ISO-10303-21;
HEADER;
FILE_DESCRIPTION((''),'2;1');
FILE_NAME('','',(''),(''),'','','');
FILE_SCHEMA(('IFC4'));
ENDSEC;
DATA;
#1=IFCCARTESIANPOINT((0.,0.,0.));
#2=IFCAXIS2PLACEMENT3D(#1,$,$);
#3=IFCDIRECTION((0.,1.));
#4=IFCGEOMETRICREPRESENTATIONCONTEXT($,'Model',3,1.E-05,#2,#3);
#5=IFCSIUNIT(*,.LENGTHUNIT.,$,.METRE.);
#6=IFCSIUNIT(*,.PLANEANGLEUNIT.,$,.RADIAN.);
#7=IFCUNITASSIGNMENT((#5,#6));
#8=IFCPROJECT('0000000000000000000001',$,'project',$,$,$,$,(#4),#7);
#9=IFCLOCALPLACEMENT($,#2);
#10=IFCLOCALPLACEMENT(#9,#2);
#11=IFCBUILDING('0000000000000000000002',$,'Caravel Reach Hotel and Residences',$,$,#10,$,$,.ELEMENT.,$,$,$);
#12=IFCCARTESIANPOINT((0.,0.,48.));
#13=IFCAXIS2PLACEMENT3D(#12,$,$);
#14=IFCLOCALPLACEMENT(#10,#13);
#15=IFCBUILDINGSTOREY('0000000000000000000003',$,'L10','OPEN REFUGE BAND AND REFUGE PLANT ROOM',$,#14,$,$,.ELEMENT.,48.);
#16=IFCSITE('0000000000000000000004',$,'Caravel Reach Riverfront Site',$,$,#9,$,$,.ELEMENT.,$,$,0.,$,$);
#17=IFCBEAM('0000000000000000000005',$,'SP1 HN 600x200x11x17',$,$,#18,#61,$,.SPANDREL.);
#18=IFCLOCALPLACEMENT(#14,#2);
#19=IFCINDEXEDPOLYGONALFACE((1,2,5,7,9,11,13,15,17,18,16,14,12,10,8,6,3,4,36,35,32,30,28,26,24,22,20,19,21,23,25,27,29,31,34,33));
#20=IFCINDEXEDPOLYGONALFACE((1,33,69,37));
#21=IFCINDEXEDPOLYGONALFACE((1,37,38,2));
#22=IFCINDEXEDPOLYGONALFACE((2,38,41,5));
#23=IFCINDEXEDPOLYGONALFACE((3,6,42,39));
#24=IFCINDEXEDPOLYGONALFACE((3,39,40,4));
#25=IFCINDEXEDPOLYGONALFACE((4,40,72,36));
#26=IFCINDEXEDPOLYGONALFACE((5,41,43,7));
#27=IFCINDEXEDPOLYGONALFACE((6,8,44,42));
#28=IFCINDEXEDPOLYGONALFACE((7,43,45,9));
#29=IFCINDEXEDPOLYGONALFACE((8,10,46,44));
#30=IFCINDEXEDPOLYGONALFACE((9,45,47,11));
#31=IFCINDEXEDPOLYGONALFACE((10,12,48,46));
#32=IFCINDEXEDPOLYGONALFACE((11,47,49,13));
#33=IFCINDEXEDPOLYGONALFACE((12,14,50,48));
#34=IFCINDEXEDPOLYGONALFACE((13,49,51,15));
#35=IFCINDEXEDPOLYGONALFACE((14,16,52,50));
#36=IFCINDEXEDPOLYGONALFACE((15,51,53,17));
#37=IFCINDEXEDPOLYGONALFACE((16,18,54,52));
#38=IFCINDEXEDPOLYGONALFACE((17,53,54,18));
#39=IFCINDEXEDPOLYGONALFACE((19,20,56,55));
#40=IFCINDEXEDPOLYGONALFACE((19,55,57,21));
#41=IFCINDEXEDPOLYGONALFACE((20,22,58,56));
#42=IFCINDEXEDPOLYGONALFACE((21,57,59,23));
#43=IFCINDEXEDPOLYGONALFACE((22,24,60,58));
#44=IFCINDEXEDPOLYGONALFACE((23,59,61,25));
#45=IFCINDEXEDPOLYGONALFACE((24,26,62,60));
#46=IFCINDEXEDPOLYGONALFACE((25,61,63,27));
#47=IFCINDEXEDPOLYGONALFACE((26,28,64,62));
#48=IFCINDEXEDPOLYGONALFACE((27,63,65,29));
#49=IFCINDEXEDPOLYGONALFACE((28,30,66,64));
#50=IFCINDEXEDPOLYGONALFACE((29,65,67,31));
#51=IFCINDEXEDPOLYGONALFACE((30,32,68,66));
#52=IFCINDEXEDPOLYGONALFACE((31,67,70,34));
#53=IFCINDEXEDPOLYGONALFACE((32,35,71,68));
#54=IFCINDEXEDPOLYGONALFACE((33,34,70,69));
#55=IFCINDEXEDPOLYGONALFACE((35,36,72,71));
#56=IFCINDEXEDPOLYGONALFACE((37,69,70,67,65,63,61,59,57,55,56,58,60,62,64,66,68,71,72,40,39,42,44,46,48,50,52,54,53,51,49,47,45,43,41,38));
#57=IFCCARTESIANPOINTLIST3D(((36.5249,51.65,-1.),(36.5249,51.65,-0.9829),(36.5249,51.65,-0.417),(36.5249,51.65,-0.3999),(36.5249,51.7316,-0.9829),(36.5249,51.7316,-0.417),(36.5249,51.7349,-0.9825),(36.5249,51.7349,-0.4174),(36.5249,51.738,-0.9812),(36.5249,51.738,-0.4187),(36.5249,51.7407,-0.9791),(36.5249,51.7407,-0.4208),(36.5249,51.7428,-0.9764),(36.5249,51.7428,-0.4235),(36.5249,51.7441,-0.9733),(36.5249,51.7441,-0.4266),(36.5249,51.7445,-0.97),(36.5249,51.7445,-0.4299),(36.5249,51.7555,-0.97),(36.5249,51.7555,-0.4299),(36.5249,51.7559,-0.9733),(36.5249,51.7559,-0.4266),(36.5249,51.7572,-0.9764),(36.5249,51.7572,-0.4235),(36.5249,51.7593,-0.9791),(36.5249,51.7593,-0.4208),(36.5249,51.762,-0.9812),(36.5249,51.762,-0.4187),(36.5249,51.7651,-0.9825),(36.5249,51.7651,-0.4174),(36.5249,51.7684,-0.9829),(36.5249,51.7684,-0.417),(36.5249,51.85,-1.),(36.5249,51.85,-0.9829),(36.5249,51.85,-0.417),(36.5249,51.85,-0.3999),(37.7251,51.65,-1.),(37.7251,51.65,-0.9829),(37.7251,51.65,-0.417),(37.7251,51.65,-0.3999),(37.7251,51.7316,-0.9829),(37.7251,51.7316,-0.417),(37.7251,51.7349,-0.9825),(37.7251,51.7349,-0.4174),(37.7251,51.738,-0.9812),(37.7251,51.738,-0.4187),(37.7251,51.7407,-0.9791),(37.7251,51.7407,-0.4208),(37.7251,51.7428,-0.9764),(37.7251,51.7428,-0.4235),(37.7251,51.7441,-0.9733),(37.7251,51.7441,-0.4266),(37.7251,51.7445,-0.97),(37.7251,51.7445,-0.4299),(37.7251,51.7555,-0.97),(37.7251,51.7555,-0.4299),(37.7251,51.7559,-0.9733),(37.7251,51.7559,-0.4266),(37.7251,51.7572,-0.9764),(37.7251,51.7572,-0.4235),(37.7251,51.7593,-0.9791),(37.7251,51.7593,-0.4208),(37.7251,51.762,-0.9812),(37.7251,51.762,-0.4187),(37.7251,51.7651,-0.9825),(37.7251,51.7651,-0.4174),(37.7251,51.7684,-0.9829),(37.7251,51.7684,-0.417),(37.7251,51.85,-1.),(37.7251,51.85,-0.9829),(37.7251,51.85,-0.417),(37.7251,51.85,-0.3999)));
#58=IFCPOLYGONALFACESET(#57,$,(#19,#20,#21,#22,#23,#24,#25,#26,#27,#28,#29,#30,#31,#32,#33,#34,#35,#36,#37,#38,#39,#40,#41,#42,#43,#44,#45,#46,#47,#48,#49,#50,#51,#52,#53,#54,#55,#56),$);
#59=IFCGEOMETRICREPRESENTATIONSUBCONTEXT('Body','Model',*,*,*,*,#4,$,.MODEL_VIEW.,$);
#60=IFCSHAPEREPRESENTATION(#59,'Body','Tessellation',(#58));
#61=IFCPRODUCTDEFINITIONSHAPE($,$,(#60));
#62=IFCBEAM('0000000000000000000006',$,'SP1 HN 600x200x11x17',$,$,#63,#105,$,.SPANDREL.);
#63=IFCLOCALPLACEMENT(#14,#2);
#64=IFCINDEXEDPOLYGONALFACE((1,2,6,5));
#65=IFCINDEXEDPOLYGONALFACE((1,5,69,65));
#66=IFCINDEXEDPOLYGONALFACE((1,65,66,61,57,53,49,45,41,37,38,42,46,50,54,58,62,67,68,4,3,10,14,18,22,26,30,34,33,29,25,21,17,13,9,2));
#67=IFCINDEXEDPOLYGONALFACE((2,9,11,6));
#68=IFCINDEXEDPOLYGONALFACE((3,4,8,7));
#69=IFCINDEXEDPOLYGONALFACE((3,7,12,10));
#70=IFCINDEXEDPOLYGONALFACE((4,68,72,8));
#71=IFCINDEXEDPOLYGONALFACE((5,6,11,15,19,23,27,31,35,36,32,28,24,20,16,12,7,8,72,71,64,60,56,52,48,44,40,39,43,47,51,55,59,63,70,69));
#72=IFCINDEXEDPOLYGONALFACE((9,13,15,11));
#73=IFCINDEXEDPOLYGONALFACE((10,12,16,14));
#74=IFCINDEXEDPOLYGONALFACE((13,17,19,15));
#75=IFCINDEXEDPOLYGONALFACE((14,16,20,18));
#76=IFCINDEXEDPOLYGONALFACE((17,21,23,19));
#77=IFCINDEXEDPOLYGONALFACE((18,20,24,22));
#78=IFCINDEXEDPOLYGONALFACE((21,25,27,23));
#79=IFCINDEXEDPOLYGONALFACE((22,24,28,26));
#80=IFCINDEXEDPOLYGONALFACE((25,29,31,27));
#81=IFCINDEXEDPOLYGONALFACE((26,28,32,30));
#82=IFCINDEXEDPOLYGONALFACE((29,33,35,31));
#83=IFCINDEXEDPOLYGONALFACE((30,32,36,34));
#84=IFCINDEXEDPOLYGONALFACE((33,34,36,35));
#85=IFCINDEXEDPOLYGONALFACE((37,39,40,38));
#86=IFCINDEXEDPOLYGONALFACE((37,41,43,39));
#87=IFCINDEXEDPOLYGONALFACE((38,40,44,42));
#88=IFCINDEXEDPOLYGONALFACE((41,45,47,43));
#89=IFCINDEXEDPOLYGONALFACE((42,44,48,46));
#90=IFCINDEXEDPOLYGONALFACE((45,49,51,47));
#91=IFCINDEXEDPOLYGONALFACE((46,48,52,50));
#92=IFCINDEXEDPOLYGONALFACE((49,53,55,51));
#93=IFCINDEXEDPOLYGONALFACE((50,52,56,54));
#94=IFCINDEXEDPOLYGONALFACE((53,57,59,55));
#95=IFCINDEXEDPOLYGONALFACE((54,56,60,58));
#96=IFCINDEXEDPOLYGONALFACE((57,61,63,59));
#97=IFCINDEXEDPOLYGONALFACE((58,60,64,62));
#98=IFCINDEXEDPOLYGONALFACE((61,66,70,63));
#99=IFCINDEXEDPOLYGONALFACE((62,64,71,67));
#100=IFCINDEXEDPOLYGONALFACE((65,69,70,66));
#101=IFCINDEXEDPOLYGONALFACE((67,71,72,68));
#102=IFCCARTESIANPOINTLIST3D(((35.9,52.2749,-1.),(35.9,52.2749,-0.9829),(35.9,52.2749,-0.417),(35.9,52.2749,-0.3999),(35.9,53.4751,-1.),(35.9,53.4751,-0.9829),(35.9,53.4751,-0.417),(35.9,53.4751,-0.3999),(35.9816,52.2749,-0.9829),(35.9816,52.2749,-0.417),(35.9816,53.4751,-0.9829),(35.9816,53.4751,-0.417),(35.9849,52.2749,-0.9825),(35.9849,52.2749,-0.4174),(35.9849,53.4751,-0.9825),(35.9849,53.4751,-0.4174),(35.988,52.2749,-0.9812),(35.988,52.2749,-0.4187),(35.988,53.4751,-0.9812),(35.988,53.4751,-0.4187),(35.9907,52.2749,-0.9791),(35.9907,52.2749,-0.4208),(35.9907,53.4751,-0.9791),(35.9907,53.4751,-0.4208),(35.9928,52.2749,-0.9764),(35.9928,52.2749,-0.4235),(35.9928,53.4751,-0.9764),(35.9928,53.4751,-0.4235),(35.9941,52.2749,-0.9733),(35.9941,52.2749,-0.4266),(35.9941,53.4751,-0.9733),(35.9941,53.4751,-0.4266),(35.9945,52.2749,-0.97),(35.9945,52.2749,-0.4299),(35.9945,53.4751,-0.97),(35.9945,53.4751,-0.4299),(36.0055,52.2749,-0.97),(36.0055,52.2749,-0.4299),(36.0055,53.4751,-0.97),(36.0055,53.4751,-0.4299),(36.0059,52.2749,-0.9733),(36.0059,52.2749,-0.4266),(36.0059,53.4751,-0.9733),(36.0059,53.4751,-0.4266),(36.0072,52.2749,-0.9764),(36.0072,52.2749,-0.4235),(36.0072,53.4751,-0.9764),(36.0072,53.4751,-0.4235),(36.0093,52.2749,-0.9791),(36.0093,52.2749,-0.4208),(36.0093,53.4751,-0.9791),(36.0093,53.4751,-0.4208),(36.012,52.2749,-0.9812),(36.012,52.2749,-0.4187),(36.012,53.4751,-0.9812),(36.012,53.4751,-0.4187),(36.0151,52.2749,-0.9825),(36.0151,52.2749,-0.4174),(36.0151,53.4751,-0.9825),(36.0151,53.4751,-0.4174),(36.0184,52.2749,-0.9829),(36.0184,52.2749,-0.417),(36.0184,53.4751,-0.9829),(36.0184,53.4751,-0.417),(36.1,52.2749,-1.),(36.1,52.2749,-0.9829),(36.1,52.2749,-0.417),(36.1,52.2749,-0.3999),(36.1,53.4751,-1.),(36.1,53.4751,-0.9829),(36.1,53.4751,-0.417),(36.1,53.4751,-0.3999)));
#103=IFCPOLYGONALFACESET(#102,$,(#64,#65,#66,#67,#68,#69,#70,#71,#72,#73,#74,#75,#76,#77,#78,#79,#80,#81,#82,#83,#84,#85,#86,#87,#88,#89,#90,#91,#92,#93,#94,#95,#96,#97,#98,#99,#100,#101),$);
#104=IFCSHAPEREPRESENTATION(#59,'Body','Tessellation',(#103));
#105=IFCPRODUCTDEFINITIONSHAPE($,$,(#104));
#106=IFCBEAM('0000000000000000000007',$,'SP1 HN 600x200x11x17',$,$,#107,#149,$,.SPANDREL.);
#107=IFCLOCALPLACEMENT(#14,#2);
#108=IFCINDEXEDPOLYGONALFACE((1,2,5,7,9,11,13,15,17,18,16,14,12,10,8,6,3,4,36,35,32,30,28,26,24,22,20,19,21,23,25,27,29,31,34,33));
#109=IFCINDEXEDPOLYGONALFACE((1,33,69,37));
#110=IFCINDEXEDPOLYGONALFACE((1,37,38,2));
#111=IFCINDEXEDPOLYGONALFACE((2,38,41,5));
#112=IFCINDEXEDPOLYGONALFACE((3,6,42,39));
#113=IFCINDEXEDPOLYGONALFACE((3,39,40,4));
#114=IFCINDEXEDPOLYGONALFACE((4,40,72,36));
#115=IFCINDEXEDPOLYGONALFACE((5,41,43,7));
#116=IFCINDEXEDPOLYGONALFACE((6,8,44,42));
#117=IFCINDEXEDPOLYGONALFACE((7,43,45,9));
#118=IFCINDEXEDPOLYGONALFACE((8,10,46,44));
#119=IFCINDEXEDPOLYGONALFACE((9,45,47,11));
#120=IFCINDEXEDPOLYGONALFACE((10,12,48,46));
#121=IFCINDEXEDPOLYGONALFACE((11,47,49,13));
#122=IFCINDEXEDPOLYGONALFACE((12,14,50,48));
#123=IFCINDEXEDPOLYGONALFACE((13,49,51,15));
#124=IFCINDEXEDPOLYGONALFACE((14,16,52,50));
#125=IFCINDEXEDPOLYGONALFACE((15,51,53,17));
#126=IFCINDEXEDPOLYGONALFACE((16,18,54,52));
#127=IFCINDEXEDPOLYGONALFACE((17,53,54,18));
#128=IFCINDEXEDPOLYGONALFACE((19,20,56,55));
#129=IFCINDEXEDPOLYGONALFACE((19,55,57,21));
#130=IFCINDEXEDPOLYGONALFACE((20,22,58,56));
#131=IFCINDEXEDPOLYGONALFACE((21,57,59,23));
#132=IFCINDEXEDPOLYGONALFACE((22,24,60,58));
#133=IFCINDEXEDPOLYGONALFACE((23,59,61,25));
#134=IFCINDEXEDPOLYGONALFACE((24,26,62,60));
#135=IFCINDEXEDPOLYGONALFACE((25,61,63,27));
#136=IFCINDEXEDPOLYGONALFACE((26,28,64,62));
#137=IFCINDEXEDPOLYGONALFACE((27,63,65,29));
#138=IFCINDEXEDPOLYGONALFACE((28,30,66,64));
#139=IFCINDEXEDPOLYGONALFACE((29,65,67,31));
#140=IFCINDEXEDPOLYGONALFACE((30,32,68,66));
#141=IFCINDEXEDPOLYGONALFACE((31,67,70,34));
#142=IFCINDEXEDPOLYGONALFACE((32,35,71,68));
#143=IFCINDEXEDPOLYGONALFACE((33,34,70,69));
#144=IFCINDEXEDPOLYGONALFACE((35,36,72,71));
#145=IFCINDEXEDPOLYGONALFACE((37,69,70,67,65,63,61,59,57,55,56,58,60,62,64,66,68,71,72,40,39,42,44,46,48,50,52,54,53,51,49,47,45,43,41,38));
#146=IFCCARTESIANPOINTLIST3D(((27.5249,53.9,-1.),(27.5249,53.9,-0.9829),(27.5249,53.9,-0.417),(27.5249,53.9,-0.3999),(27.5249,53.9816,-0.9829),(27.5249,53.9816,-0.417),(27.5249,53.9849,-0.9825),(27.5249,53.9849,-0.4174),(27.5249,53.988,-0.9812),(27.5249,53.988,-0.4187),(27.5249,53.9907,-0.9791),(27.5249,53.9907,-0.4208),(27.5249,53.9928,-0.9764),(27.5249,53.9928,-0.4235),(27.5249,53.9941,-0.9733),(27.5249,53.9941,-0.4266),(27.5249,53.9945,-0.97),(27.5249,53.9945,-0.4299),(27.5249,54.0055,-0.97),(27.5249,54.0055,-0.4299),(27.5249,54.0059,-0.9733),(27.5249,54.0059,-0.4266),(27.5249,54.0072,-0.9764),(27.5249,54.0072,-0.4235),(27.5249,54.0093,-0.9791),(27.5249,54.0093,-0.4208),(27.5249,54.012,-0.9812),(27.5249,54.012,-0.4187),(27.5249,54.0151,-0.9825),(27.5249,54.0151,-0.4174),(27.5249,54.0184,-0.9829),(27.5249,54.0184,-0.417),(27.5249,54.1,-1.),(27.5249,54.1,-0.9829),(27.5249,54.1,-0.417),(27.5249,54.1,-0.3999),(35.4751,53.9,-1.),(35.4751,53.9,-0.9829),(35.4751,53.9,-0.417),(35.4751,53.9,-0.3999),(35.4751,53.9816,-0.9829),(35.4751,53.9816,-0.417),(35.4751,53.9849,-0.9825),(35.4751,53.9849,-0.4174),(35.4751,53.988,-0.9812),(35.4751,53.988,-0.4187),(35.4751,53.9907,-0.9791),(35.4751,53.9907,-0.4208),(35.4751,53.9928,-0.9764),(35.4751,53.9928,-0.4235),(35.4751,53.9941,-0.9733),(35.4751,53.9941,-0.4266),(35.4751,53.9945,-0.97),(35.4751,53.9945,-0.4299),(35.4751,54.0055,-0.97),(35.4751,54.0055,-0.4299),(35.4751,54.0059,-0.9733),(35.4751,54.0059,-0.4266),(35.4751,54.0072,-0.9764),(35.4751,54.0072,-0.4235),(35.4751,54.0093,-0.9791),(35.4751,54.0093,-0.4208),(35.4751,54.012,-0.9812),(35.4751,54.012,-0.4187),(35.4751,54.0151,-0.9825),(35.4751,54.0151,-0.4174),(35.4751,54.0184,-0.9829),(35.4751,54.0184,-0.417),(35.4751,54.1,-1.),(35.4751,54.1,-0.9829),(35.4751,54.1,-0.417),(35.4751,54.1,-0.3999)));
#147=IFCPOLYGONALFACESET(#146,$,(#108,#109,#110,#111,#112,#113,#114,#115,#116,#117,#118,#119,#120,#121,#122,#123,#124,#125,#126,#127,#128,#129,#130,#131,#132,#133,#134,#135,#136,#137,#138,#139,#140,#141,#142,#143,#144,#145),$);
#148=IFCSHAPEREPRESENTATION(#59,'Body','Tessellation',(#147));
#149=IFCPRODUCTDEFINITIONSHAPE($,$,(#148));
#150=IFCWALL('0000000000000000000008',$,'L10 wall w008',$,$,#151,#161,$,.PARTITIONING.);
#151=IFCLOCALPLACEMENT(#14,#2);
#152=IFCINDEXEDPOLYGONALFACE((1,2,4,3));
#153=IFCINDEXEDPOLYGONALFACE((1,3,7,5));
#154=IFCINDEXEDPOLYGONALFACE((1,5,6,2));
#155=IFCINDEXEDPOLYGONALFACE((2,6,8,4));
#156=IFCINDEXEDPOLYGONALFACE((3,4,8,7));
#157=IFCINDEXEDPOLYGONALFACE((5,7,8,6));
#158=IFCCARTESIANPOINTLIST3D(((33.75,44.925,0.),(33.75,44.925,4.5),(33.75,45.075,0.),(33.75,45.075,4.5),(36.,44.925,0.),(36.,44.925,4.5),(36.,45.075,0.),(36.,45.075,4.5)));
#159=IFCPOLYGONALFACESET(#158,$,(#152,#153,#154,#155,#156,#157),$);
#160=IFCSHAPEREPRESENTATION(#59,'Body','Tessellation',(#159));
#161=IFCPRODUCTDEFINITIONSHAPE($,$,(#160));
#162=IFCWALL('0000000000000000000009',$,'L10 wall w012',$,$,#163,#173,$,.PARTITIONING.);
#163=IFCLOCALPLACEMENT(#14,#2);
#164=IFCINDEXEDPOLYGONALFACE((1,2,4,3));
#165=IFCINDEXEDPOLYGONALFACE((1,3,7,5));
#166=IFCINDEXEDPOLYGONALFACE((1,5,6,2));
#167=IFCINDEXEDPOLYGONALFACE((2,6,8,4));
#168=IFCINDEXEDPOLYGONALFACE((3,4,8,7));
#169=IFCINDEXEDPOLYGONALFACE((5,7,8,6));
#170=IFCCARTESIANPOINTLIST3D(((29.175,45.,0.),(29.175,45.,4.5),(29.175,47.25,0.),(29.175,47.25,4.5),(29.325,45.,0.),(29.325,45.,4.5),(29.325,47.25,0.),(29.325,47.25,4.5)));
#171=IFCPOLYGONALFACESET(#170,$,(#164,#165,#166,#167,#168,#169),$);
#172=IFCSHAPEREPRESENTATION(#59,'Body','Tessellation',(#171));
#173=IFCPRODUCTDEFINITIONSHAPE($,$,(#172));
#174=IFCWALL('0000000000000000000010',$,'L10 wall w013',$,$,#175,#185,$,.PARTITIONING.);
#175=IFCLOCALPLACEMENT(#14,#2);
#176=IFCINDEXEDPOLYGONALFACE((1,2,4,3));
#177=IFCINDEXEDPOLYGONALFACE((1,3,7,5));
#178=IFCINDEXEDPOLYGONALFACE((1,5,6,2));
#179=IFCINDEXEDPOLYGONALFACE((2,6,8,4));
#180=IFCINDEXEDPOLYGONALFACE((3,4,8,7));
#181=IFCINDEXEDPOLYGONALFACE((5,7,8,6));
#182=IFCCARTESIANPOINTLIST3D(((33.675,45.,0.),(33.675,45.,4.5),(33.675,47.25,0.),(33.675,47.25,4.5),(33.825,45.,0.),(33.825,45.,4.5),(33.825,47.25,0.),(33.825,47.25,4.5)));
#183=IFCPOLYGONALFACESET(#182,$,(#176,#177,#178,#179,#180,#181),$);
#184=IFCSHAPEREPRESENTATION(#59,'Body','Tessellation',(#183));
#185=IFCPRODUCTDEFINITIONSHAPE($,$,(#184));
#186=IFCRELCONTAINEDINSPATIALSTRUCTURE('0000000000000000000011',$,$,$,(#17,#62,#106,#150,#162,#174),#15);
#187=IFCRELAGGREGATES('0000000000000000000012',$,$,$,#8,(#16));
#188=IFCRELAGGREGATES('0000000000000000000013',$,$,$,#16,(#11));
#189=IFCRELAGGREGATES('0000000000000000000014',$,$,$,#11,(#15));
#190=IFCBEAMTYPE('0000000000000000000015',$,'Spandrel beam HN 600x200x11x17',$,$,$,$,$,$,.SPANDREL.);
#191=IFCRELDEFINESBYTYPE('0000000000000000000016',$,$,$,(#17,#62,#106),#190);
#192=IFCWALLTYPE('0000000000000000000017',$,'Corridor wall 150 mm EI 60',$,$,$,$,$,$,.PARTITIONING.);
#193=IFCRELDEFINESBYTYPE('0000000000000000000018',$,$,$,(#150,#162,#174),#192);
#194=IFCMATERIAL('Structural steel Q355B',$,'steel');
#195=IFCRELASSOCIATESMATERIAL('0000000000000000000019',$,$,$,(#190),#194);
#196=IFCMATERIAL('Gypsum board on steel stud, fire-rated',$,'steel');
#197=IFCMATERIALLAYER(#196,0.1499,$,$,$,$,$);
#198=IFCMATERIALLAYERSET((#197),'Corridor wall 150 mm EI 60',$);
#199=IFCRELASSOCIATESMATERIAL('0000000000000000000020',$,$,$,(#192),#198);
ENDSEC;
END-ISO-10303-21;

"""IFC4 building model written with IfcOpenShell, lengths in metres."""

from ifc_helpers import new_model, si_unit, direction, frame, frame_2d, origin, origin_2d, place, context, subcontext, project, spatial, rectangle, i_section, extrude, material, layer, layer_set, material_profile, profile_set, type_object, element, save


model = new_model("IFC4")

# Units and contexts
model_context = context("Model", 3, precision=1e-05, world=origin(), true_north=direction((0.0, 1.0)))
body_context = subcontext(model_context, "Body", "Model", "MODEL_VIEW")
ifc_project = project(units=[si_unit("LENGTHUNIT", "METRE"), si_unit("PLANEANGLEUNIT", "RADIAN")], contexts=[model_context])

# Site, building, storey
site_placement = place(None, origin())
site = spatial("IfcSite", under=ifc_project, at=site_placement, Name="Caravel Reach Riverfront Site", CompositionType="ELEMENT", RefElevation=0.0)
building_placement = place(site_placement, origin())
building = spatial("IfcBuilding", under=site, at=building_placement, Name="Caravel Reach Hotel and Residences", CompositionType="ELEMENT")
storey_placement = place(building_placement, frame((0.0, 0.0, 48.0)))
storey = spatial("IfcBuildingStorey", under=building, at=storey_placement, Name="L10", Description="OPEN REFUGE BAND AND REFUGE PLANT ROOM", CompositionType="ELEMENT", Elevation=48.0)

# Beams
ifc_material_1 = material(Name="Structural steel Q355B", Category="steel")
ifc_material_profile_1 = material_profile(ifc_material_1, i_section(OverallWidth=0.2, OverallDepth=0.6001, WebThickness=0.011, FlangeThickness=0.0171, FilletRadius=0.0129, at=origin_2d()), Name="HN 600x200x11x17")
ifc_profile_set_1 = profile_set([ifc_material_profile_1], Name="Structural steel Q355B")
beam_type = type_object("IfcBeamType", Name="Spandrel beam HN 600x200x11x17", PredefinedType="SPANDREL", material=ifc_profile_set_1)
for number, where, z_axis, x_axis, name in (
    (1, (37.7251, 51.75, -0.7), (-1.0, 0.0, 0.0), (0.0, -1.0, 0.0), "SP1 HN 600x200x11x17"),
    (2, (36.0, 52.2749, -0.7), (0.0, 1.0, 0.0), (-1.0, 0.0, 0.0), "SP1 HN 600x200x11x17"),
):
    element("IfcBeam", number, at=place(storey_placement, frame(where, z_axis=z_axis, x_axis=x_axis)), inside=storey, type_object=beam_type, Name=name, PredefinedType="SPANDREL", context=body_context, shape_type="SweptSolid", body=[
        extrude(i_section(OverallWidth=0.2, OverallDepth=0.6001, WebThickness=0.011, FlangeThickness=0.0171, FilletRadius=0.0129, at=origin_2d()), origin(), (0.0, 0.0, 1.0), 1.2002),
    ])
beam_placement = place(storey_placement, frame((35.4751, 54.0, -0.7), z_axis=(-1.0, 0.0, 0.0), x_axis=(0.0, -1.0, 0.0)))
element("IfcBeam", 3, at=beam_placement, inside=storey, type_object=beam_type, Name="SP1 HN 600x200x11x17", PredefinedType="SPANDREL", context=body_context, shape_type="SweptSolid", body=[
    extrude(i_section(OverallWidth=0.2, OverallDepth=0.6001, WebThickness=0.011, FlangeThickness=0.0171, FilletRadius=0.0129, at=origin_2d()), origin(), (0.0, 0.0, 1.0), 7.9502),
])

# Walls
ifc_material_2 = material(Name="Gypsum board on steel stud, fire-rated", Category="steel")
ifc_layer = layer(ifc_material_2, 0.1499)
ifc_layer_set = layer_set([ifc_layer], Name="Corridor wall 150 mm EI 60")
wall_type = type_object("IfcWallType", Name="Corridor wall 150 mm EI 60", PredefinedType="PARTITIONING", material=ifc_layer_set)
for number, where, z_axis, x_axis, name in (
    (4, (33.75, 45.0, 0.0), (0.0, 0.0, 1.0), (1.0, 0.0, 0.0), "L10 wall w008"),
    (5, (29.25, 45.0, 0.0), (0.0, 0.0, 1.0), (0.0, 1.0, 0.0), "L10 wall w012"),
    (6, (33.75, 45.0, 0.0), (0.0, 0.0, 1.0), (0.0, 1.0, 0.0), "L10 wall w013"),
):
    element("IfcWall", number, at=place(storey_placement, frame(where, z_axis=z_axis, x_axis=x_axis)), inside=storey, type_object=wall_type, Name=name, PredefinedType="PARTITIONING", context=body_context, shape_type="SweptSolid", body=[
        extrude(rectangle(XDim=2.25, YDim=0.1499, at=frame_2d((1.125, 0.0))), origin(), (0.0, 0.0, 1.0), 4.5),
    ])

save(model, "model.ifc")
